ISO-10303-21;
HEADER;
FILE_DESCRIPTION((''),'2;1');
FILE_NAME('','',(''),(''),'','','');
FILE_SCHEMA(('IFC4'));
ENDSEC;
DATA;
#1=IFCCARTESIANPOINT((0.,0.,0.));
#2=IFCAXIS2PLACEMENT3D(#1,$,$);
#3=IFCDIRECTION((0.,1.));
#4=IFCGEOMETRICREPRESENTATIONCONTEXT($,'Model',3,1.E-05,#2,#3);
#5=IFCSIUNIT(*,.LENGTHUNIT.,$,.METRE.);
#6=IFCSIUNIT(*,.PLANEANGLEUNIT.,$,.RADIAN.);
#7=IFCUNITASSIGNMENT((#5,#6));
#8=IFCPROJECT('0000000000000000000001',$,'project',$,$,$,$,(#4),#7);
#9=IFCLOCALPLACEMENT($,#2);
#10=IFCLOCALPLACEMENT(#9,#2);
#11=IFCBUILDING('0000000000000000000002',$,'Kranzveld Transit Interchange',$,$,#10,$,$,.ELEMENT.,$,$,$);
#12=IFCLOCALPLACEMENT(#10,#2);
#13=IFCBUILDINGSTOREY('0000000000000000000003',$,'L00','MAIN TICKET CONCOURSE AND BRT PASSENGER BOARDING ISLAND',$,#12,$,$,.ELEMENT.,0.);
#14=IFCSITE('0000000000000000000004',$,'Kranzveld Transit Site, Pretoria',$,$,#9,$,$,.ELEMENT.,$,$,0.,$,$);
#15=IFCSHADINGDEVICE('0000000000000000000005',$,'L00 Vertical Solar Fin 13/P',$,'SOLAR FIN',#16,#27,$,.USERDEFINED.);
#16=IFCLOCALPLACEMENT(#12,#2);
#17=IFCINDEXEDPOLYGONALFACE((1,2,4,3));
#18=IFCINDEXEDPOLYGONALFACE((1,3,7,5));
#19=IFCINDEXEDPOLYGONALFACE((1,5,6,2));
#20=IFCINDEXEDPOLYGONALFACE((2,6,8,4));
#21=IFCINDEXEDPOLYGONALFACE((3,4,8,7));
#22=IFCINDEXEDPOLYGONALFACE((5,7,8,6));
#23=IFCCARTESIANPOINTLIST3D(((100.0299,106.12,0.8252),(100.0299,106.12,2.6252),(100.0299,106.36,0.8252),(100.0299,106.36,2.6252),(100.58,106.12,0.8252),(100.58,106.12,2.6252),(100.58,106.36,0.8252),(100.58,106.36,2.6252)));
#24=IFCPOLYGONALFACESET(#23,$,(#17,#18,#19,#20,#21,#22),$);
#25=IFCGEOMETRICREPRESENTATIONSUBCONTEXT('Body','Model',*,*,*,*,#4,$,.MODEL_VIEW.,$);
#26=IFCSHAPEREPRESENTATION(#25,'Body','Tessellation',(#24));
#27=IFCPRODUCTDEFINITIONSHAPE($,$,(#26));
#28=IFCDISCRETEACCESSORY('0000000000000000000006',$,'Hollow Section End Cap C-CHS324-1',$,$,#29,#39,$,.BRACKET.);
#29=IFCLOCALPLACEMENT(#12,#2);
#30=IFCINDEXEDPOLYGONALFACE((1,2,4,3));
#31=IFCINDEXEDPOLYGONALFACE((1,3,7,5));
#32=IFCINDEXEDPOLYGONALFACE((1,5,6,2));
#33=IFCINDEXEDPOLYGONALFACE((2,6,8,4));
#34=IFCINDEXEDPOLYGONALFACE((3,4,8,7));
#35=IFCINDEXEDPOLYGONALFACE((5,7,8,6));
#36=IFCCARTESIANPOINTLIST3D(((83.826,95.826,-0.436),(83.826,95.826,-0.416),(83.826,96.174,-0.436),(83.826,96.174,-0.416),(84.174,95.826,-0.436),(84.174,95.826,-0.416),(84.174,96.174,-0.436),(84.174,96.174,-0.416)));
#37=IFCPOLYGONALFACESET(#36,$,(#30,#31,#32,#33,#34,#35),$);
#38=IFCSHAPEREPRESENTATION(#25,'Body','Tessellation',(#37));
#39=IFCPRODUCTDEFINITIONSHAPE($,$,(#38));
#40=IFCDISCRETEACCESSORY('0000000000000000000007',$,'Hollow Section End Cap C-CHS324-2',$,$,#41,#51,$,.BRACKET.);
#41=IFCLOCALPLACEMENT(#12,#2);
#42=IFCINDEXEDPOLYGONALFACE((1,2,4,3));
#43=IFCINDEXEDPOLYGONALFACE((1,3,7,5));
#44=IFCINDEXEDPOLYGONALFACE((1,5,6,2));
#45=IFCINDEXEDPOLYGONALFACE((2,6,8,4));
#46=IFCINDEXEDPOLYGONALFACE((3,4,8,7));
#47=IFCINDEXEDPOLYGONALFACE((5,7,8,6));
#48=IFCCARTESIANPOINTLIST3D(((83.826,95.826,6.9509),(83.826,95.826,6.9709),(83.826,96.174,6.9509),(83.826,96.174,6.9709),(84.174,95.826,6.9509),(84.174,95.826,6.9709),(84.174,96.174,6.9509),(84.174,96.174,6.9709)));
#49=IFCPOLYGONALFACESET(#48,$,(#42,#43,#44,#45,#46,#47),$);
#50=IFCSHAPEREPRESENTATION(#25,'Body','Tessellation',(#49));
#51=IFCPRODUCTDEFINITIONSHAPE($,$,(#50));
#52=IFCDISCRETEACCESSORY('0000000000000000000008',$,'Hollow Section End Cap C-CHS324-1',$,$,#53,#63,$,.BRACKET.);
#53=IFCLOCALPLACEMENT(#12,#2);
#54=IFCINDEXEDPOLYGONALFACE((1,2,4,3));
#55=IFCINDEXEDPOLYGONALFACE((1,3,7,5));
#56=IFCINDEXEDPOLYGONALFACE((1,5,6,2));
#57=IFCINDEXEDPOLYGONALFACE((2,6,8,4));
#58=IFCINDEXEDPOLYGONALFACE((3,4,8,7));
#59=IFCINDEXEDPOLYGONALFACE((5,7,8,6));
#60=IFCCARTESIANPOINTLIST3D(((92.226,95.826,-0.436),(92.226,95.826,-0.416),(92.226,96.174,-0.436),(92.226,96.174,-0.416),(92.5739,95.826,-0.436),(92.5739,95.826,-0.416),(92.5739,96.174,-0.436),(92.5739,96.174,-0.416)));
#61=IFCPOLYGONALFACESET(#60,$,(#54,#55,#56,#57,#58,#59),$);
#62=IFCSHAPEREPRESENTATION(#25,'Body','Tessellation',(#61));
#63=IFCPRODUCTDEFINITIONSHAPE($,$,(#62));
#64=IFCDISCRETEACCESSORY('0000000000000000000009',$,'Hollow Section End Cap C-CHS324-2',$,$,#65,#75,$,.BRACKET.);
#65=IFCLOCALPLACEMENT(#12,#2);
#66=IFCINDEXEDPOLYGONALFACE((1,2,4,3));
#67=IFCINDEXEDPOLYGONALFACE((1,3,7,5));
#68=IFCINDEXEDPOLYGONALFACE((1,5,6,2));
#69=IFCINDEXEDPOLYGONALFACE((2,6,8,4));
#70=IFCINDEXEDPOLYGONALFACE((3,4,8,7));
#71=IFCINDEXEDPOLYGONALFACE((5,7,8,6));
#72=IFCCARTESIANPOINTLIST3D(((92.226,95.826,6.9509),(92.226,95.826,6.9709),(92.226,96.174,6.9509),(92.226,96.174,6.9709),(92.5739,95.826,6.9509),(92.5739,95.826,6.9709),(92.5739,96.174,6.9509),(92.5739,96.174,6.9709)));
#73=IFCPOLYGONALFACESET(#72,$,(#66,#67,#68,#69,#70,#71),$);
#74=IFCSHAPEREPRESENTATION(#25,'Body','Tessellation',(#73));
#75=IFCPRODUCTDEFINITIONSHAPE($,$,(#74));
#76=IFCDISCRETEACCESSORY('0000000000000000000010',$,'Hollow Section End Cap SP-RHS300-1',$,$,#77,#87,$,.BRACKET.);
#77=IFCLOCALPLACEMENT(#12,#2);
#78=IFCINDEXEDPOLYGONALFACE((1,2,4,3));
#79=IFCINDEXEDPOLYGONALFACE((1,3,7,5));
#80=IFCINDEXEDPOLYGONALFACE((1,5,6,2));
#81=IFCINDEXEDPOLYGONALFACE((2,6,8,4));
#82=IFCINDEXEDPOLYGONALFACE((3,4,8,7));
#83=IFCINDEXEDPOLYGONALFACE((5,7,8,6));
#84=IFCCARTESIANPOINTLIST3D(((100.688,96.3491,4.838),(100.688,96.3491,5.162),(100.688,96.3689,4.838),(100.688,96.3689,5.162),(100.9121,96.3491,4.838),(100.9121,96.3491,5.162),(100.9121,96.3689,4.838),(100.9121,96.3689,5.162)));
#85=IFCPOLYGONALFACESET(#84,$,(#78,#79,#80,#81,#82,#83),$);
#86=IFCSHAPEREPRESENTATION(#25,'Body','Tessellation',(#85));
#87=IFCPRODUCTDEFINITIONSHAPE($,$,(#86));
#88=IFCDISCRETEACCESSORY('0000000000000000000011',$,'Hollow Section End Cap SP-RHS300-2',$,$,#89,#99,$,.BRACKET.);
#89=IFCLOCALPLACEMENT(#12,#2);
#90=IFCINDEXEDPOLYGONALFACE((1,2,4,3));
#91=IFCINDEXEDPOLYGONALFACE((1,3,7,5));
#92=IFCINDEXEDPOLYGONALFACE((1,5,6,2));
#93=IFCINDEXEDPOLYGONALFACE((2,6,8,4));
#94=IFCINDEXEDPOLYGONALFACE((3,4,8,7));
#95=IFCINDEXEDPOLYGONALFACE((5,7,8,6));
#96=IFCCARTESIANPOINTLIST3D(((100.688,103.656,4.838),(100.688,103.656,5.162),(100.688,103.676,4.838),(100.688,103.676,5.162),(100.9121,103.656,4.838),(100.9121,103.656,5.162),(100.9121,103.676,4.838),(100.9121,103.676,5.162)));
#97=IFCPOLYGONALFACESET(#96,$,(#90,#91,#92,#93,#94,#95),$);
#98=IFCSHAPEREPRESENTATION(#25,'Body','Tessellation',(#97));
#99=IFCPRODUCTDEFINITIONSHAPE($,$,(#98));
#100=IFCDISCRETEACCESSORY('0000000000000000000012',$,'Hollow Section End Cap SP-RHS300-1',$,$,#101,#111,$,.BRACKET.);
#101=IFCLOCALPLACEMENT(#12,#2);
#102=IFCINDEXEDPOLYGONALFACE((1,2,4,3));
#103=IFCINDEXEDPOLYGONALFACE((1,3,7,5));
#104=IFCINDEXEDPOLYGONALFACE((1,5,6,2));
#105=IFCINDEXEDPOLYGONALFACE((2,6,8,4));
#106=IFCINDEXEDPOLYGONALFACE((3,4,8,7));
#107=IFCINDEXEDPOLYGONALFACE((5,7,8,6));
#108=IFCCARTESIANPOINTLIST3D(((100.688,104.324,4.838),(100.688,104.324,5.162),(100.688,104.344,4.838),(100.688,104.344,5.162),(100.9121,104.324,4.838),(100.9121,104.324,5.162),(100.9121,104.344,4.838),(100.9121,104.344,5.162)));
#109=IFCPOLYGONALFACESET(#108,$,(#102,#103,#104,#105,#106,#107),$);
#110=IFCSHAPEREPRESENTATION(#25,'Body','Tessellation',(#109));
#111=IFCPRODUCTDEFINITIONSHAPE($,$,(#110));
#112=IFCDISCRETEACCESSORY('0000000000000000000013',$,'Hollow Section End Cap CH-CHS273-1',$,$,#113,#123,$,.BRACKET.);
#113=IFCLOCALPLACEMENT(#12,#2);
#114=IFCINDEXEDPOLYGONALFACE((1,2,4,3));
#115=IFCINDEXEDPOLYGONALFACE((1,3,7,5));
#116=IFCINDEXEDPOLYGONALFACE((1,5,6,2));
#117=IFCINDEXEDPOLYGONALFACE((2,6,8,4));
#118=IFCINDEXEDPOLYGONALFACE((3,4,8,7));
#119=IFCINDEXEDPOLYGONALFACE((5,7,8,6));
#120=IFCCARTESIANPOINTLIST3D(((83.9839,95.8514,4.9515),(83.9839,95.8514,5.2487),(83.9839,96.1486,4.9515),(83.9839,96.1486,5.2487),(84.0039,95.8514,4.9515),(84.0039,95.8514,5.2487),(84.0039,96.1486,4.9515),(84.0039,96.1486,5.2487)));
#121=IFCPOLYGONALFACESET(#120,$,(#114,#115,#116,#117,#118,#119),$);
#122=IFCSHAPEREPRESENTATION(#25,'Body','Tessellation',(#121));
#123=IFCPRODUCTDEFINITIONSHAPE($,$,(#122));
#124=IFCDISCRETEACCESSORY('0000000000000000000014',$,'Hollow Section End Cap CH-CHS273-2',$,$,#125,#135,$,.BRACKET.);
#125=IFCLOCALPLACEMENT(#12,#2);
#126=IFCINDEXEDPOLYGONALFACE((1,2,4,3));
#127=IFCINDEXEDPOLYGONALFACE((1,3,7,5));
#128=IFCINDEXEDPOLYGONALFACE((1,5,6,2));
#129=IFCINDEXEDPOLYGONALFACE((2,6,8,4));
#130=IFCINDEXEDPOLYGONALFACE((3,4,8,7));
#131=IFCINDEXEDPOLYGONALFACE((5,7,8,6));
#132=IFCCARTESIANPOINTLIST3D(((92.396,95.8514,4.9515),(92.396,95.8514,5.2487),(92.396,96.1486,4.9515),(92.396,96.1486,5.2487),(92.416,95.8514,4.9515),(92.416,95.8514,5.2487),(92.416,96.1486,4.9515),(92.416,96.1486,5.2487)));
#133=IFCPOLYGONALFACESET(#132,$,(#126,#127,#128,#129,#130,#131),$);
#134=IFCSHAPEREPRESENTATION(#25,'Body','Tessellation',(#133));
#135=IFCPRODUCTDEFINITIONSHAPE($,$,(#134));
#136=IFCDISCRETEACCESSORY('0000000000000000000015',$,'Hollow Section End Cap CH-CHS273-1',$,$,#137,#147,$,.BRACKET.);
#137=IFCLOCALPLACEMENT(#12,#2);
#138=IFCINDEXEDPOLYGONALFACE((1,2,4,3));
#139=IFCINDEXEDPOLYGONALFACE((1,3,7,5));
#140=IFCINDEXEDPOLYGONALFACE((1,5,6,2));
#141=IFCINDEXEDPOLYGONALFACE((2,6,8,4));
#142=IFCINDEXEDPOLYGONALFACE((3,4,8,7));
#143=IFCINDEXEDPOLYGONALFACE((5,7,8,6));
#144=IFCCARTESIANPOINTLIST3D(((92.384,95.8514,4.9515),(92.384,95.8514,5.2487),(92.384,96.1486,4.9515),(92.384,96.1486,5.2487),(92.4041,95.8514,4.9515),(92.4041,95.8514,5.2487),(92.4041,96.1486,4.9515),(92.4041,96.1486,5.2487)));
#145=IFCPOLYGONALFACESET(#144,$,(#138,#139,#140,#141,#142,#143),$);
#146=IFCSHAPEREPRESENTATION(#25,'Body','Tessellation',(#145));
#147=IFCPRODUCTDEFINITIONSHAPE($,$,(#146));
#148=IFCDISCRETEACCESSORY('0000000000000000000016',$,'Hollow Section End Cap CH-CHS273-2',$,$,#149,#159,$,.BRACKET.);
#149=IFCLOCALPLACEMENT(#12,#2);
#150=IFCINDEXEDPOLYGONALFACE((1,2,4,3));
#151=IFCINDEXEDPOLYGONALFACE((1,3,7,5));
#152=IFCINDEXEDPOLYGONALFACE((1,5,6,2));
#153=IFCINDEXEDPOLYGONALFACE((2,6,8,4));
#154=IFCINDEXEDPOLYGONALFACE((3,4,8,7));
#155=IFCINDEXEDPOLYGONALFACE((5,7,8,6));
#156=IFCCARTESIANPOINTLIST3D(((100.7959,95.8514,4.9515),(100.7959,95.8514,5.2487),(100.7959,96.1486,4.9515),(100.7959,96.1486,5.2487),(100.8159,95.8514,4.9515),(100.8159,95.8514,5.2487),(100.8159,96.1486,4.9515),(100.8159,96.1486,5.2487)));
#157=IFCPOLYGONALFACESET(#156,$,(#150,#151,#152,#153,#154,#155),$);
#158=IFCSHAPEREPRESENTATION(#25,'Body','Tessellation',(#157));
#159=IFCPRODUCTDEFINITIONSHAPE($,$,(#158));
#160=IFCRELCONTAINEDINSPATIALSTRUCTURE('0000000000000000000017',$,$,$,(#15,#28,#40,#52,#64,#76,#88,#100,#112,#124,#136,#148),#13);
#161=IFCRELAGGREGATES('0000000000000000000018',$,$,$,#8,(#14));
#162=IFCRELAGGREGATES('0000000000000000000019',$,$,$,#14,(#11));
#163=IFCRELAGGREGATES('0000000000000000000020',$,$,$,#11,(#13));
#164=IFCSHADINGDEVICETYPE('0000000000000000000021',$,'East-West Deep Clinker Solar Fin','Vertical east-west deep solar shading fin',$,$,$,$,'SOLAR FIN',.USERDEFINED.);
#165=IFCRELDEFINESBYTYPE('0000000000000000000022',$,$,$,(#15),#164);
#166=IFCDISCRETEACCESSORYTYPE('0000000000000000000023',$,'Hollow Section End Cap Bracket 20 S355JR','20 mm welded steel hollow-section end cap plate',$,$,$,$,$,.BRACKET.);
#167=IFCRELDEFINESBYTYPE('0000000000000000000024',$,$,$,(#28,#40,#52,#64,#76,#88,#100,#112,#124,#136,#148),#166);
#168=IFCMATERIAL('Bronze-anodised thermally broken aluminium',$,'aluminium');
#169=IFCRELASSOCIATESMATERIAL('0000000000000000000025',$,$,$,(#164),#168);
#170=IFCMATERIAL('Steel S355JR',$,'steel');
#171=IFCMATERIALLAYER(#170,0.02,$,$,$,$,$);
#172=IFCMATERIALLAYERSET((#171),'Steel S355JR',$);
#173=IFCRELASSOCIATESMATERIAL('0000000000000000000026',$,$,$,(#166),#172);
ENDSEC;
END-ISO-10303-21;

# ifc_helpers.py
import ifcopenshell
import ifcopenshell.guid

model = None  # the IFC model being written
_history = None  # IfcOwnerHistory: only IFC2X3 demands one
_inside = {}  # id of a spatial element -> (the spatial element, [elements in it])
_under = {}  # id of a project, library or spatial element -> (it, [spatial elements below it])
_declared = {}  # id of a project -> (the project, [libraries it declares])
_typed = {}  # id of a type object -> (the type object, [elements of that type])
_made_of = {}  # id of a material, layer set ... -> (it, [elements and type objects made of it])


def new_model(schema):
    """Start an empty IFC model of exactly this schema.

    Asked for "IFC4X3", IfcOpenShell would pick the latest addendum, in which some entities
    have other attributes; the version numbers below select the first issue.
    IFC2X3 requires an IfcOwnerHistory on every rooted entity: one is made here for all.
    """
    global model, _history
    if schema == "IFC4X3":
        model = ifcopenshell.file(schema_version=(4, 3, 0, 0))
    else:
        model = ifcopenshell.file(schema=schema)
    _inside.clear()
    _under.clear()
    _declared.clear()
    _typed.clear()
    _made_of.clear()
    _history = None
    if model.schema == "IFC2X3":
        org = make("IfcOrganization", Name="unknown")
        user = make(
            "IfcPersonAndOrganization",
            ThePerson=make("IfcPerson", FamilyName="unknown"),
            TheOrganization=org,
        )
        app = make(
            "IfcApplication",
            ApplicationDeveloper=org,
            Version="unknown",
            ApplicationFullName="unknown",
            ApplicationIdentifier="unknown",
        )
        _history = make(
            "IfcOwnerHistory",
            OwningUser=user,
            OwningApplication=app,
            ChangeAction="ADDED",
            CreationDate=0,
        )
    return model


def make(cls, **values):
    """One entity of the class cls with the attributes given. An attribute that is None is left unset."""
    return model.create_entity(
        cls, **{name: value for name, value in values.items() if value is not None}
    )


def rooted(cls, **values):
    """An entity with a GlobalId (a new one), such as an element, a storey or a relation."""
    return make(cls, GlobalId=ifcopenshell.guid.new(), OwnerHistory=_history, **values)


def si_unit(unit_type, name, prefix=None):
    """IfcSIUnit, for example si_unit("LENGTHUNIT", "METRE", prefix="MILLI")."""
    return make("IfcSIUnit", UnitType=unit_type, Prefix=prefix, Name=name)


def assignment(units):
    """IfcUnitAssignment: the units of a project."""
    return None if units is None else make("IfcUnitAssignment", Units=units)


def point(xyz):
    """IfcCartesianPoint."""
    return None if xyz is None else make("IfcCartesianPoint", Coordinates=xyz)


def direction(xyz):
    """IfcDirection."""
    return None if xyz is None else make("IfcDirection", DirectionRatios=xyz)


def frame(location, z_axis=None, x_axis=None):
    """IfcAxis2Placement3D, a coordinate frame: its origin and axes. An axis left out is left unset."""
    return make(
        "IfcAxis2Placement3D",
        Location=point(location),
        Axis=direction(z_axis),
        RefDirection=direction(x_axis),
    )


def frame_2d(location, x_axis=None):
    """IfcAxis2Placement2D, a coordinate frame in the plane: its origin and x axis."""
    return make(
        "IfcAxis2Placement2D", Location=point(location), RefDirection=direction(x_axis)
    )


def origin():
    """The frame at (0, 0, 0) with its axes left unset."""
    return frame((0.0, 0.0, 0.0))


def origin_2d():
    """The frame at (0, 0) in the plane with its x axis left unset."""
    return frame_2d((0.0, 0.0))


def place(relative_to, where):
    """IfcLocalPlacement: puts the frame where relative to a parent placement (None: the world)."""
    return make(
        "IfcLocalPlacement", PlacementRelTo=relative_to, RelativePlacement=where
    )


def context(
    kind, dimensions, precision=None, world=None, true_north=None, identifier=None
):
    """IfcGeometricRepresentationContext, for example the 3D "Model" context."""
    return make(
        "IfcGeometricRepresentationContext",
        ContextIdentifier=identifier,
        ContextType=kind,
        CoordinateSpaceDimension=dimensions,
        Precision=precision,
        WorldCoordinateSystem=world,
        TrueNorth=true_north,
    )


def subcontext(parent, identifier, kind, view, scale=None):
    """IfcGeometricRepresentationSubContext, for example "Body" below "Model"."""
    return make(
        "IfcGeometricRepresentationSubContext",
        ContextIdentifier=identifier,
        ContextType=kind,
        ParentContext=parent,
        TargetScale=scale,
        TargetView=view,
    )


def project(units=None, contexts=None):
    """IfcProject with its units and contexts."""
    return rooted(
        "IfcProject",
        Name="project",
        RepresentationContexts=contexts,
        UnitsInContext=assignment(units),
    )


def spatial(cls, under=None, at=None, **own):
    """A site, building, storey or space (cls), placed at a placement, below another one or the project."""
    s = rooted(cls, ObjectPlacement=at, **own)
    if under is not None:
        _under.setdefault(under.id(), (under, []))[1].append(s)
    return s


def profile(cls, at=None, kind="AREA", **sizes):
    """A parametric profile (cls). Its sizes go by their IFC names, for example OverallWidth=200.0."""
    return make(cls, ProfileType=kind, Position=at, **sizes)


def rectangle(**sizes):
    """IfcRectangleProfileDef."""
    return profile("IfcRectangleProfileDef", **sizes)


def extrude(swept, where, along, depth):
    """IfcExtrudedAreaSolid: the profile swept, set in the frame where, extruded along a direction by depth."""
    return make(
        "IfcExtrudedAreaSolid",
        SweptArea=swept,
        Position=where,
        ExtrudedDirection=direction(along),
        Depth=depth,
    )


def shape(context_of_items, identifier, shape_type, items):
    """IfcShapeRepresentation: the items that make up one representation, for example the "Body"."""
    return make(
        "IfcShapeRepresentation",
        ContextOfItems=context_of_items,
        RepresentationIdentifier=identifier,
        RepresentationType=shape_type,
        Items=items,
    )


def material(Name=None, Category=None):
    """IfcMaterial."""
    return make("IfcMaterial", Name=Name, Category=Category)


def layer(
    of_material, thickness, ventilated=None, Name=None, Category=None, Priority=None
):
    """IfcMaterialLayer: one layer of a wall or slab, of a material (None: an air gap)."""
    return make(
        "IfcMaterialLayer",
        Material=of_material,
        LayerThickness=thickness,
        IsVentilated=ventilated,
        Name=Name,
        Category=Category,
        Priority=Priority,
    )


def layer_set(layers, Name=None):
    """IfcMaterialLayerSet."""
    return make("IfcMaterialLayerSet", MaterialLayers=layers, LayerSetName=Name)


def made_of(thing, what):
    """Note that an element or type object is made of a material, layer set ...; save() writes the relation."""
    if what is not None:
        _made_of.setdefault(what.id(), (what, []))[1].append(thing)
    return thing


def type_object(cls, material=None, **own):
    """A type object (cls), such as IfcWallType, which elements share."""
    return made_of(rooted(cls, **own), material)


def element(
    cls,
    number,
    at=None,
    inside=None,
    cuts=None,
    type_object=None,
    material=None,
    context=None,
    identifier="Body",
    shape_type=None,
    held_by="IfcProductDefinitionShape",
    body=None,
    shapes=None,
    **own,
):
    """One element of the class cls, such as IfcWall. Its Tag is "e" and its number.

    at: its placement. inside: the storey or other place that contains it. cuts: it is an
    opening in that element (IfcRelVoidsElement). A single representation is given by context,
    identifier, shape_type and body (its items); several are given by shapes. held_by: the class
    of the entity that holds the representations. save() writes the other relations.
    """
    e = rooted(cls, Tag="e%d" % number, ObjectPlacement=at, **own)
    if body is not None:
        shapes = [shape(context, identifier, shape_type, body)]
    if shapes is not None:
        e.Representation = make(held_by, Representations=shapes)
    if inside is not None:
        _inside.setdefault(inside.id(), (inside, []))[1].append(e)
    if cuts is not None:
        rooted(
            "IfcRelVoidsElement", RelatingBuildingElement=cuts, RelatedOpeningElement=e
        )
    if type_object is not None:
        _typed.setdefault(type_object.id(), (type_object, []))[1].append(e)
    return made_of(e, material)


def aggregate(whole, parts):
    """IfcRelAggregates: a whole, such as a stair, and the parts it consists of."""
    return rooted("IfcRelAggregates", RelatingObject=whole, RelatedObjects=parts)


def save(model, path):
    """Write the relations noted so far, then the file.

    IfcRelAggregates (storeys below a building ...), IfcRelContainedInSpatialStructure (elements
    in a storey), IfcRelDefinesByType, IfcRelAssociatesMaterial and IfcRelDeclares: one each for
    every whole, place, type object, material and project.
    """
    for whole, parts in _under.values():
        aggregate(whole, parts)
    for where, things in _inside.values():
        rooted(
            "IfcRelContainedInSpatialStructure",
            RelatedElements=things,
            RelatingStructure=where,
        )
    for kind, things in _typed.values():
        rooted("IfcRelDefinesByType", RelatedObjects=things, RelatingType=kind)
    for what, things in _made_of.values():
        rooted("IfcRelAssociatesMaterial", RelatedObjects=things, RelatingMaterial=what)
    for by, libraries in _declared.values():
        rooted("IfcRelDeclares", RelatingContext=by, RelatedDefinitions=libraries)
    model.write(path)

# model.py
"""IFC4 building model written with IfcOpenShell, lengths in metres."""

from ifc_helpers import new_model, si_unit, direction, frame, origin, origin_2d, place, context, subcontext, project, spatial, rectangle, extrude, material, layer, layer_set, type_object, element, save


model = new_model("IFC4")

# Units and contexts
model_context = context("Model", 3, precision=1e-05, world=origin(), true_north=direction((0.0, 1.0)))
body_context = subcontext(model_context, "Body", "Model", "MODEL_VIEW")
ifc_project = project(units=[si_unit("LENGTHUNIT", "METRE"), si_unit("PLANEANGLEUNIT", "RADIAN")], contexts=[model_context])

# Site, building, storey
site_placement = place(None, origin())
site = spatial("IfcSite", under=ifc_project, at=site_placement, Name="Kranzveld Transit Site, Pretoria", CompositionType="ELEMENT", RefElevation=0.0)
building_placement = place(site_placement, origin())
building = spatial("IfcBuilding", under=site, at=building_placement, Name="Kranzveld Transit Interchange", CompositionType="ELEMENT")
storey_placement = place(building_placement, origin())
storey = spatial("IfcBuildingStorey", under=building, at=storey_placement, Name="L00", Description="MAIN TICKET CONCOURSE AND BRT PASSENGER BOARDING ISLAND", CompositionType="ELEMENT", Elevation=0.0)

# Shading device
ifc_material_1 = material(Name="Bronze-anodised thermally broken aluminium", Category="aluminium")
shading_device_type = type_object("IfcShadingDeviceType", Name="East-West Deep Clinker Solar Fin", Description="Vertical east-west deep solar shading fin", ElementType="SOLAR FIN", PredefinedType="USERDEFINED", material=ifc_material_1)
shading_device_1_placement = place(storey_placement, frame((100.3049, 106.24, 0.8252), z_axis=(0.0, 0.0, 1.0), x_axis=(0.0, 1.0, 0.0)))
element("IfcShadingDevice", 1, at=shading_device_1_placement, inside=storey, type_object=shading_device_type, Name="L00 Vertical Solar Fin 13/P", ObjectType="SOLAR FIN", PredefinedType="USERDEFINED", context=body_context, shape_type="SweptSolid", body=[
    extrude(rectangle(XDim=0.24, YDim=0.55, at=origin_2d()), origin(), (0.0, 0.0, 1.0), 1.8),
])

# Discrete accessories
ifc_material_2 = material(Name="Steel S355JR", Category="steel")
ifc_layer_1 = layer(ifc_material_2, 0.02)
ifc_layer_set_1 = layer_set([ifc_layer_1], Name="Steel S355JR")
discrete_accessory_type = type_object("IfcDiscreteAccessoryType", Name="Hollow Section End Cap Bracket 20 S355JR", Description="20 mm welded steel hollow-section end cap plate", PredefinedType="BRACKET", material=ifc_layer_set_1)
for number, where, z_axis, x_axis, name in (
    (2, (84.0, 96.0, -0.416), (0.0, 0.0, -1.0), (1.0, 0.0, 0.0), "Hollow Section End Cap C-CHS324-1"),
    (3, (84.0, 96.0, 6.9509), (0.0, 0.0, 1.0), (1.0, 0.0, 0.0), "Hollow Section End Cap C-CHS324-2"),
    (4, (92.3999, 96.0, -0.416), (0.0, 0.0, -1.0), (1.0, 0.0, 0.0), "Hollow Section End Cap C-CHS324-1"),
    (5, (92.3999, 96.0, 6.9509), (0.0, 0.0, 1.0), (1.0, 0.0, 0.0), "Hollow Section End Cap C-CHS324-2"),
):
    element("IfcDiscreteAccessory", number, at=place(storey_placement, frame(where, z_axis=z_axis, x_axis=x_axis)), inside=storey, type_object=discrete_accessory_type, Name=name, PredefinedType="BRACKET", context=body_context, shape_type="SweptSolid", body=[
        extrude(rectangle(XDim=0.3479, YDim=0.3479, at=origin_2d()), origin(), (0.0, 0.0, 1.0), 0.02),
    ])
discrete_accessory_placement = place(storey_placement, frame((100.8, 96.3689, 5.0), z_axis=(0.0, -1.0, 0.0), x_axis=(1.0, 0.0, 0.0)))
element("IfcDiscreteAccessory", 6, at=discrete_accessory_placement, inside=storey, type_object=discrete_accessory_type, Name="Hollow Section End Cap SP-RHS300-1", PredefinedType="BRACKET", context=body_context, shape_type="SweptSolid", body=[
    extrude(rectangle(XDim=0.2241, YDim=0.324, at=origin_2d()), origin(), (0.0, 0.0, 1.0), 0.0198),
])
for number, where, z_axis, x_axis, name in (
    (7, (100.8, 103.656, 5.0), (0.0, 1.0, 0.0), (-1.0, 0.0, 0.0), "Hollow Section End Cap SP-RHS300-2"),
    (8, (100.8, 104.344, 5.0), (0.0, -1.0, 0.0), (1.0, 0.0, 0.0), "Hollow Section End Cap SP-RHS300-1"),
):
    element("IfcDiscreteAccessory", number, at=place(storey_placement, frame(where, z_axis=z_axis, x_axis=x_axis)), inside=storey, type_object=discrete_accessory_type, Name=name, PredefinedType="BRACKET", context=body_context, shape_type="SweptSolid", body=[
        extrude(rectangle(XDim=0.2241, YDim=0.324, at=origin_2d()), origin(), (0.0, 0.0, 1.0), 0.02),
    ])
for number, where, z_axis, x_axis, name in (
    (9, (84.0039, 96.0, 5.1001), (-1.0, 0.0, 0.0), (0.0, -1.0, 0.0), "Hollow Section End Cap CH-CHS273-1"),
    (10, (92.396, 96.0, 5.1001), (1.0, 0.0, 0.0), (0.0, 1.0, 0.0), "Hollow Section End Cap CH-CHS273-2"),
    (11, (92.4041, 96.0, 5.1001), (-1.0, 0.0, 0.0), (0.0, -1.0, 0.0), "Hollow Section End Cap CH-CHS273-1"),
    (12, (100.7959, 96.0, 5.1001), (1.0, 0.0, 0.0), (0.0, 1.0, 0.0), "Hollow Section End Cap CH-CHS273-2"),
):
    element("IfcDiscreteAccessory", number, at=place(storey_placement, frame(where, z_axis=z_axis, x_axis=x_axis)), inside=storey, type_object=discrete_accessory_type, Name=name, PredefinedType="BRACKET", context=body_context, shape_type="SweptSolid", body=[
        extrude(rectangle(XDim=0.2971, YDim=0.2971, at=origin_2d()), origin(), (0.0, 0.0, 1.0), 0.02),
    ])

save(model, "model.ifc")
